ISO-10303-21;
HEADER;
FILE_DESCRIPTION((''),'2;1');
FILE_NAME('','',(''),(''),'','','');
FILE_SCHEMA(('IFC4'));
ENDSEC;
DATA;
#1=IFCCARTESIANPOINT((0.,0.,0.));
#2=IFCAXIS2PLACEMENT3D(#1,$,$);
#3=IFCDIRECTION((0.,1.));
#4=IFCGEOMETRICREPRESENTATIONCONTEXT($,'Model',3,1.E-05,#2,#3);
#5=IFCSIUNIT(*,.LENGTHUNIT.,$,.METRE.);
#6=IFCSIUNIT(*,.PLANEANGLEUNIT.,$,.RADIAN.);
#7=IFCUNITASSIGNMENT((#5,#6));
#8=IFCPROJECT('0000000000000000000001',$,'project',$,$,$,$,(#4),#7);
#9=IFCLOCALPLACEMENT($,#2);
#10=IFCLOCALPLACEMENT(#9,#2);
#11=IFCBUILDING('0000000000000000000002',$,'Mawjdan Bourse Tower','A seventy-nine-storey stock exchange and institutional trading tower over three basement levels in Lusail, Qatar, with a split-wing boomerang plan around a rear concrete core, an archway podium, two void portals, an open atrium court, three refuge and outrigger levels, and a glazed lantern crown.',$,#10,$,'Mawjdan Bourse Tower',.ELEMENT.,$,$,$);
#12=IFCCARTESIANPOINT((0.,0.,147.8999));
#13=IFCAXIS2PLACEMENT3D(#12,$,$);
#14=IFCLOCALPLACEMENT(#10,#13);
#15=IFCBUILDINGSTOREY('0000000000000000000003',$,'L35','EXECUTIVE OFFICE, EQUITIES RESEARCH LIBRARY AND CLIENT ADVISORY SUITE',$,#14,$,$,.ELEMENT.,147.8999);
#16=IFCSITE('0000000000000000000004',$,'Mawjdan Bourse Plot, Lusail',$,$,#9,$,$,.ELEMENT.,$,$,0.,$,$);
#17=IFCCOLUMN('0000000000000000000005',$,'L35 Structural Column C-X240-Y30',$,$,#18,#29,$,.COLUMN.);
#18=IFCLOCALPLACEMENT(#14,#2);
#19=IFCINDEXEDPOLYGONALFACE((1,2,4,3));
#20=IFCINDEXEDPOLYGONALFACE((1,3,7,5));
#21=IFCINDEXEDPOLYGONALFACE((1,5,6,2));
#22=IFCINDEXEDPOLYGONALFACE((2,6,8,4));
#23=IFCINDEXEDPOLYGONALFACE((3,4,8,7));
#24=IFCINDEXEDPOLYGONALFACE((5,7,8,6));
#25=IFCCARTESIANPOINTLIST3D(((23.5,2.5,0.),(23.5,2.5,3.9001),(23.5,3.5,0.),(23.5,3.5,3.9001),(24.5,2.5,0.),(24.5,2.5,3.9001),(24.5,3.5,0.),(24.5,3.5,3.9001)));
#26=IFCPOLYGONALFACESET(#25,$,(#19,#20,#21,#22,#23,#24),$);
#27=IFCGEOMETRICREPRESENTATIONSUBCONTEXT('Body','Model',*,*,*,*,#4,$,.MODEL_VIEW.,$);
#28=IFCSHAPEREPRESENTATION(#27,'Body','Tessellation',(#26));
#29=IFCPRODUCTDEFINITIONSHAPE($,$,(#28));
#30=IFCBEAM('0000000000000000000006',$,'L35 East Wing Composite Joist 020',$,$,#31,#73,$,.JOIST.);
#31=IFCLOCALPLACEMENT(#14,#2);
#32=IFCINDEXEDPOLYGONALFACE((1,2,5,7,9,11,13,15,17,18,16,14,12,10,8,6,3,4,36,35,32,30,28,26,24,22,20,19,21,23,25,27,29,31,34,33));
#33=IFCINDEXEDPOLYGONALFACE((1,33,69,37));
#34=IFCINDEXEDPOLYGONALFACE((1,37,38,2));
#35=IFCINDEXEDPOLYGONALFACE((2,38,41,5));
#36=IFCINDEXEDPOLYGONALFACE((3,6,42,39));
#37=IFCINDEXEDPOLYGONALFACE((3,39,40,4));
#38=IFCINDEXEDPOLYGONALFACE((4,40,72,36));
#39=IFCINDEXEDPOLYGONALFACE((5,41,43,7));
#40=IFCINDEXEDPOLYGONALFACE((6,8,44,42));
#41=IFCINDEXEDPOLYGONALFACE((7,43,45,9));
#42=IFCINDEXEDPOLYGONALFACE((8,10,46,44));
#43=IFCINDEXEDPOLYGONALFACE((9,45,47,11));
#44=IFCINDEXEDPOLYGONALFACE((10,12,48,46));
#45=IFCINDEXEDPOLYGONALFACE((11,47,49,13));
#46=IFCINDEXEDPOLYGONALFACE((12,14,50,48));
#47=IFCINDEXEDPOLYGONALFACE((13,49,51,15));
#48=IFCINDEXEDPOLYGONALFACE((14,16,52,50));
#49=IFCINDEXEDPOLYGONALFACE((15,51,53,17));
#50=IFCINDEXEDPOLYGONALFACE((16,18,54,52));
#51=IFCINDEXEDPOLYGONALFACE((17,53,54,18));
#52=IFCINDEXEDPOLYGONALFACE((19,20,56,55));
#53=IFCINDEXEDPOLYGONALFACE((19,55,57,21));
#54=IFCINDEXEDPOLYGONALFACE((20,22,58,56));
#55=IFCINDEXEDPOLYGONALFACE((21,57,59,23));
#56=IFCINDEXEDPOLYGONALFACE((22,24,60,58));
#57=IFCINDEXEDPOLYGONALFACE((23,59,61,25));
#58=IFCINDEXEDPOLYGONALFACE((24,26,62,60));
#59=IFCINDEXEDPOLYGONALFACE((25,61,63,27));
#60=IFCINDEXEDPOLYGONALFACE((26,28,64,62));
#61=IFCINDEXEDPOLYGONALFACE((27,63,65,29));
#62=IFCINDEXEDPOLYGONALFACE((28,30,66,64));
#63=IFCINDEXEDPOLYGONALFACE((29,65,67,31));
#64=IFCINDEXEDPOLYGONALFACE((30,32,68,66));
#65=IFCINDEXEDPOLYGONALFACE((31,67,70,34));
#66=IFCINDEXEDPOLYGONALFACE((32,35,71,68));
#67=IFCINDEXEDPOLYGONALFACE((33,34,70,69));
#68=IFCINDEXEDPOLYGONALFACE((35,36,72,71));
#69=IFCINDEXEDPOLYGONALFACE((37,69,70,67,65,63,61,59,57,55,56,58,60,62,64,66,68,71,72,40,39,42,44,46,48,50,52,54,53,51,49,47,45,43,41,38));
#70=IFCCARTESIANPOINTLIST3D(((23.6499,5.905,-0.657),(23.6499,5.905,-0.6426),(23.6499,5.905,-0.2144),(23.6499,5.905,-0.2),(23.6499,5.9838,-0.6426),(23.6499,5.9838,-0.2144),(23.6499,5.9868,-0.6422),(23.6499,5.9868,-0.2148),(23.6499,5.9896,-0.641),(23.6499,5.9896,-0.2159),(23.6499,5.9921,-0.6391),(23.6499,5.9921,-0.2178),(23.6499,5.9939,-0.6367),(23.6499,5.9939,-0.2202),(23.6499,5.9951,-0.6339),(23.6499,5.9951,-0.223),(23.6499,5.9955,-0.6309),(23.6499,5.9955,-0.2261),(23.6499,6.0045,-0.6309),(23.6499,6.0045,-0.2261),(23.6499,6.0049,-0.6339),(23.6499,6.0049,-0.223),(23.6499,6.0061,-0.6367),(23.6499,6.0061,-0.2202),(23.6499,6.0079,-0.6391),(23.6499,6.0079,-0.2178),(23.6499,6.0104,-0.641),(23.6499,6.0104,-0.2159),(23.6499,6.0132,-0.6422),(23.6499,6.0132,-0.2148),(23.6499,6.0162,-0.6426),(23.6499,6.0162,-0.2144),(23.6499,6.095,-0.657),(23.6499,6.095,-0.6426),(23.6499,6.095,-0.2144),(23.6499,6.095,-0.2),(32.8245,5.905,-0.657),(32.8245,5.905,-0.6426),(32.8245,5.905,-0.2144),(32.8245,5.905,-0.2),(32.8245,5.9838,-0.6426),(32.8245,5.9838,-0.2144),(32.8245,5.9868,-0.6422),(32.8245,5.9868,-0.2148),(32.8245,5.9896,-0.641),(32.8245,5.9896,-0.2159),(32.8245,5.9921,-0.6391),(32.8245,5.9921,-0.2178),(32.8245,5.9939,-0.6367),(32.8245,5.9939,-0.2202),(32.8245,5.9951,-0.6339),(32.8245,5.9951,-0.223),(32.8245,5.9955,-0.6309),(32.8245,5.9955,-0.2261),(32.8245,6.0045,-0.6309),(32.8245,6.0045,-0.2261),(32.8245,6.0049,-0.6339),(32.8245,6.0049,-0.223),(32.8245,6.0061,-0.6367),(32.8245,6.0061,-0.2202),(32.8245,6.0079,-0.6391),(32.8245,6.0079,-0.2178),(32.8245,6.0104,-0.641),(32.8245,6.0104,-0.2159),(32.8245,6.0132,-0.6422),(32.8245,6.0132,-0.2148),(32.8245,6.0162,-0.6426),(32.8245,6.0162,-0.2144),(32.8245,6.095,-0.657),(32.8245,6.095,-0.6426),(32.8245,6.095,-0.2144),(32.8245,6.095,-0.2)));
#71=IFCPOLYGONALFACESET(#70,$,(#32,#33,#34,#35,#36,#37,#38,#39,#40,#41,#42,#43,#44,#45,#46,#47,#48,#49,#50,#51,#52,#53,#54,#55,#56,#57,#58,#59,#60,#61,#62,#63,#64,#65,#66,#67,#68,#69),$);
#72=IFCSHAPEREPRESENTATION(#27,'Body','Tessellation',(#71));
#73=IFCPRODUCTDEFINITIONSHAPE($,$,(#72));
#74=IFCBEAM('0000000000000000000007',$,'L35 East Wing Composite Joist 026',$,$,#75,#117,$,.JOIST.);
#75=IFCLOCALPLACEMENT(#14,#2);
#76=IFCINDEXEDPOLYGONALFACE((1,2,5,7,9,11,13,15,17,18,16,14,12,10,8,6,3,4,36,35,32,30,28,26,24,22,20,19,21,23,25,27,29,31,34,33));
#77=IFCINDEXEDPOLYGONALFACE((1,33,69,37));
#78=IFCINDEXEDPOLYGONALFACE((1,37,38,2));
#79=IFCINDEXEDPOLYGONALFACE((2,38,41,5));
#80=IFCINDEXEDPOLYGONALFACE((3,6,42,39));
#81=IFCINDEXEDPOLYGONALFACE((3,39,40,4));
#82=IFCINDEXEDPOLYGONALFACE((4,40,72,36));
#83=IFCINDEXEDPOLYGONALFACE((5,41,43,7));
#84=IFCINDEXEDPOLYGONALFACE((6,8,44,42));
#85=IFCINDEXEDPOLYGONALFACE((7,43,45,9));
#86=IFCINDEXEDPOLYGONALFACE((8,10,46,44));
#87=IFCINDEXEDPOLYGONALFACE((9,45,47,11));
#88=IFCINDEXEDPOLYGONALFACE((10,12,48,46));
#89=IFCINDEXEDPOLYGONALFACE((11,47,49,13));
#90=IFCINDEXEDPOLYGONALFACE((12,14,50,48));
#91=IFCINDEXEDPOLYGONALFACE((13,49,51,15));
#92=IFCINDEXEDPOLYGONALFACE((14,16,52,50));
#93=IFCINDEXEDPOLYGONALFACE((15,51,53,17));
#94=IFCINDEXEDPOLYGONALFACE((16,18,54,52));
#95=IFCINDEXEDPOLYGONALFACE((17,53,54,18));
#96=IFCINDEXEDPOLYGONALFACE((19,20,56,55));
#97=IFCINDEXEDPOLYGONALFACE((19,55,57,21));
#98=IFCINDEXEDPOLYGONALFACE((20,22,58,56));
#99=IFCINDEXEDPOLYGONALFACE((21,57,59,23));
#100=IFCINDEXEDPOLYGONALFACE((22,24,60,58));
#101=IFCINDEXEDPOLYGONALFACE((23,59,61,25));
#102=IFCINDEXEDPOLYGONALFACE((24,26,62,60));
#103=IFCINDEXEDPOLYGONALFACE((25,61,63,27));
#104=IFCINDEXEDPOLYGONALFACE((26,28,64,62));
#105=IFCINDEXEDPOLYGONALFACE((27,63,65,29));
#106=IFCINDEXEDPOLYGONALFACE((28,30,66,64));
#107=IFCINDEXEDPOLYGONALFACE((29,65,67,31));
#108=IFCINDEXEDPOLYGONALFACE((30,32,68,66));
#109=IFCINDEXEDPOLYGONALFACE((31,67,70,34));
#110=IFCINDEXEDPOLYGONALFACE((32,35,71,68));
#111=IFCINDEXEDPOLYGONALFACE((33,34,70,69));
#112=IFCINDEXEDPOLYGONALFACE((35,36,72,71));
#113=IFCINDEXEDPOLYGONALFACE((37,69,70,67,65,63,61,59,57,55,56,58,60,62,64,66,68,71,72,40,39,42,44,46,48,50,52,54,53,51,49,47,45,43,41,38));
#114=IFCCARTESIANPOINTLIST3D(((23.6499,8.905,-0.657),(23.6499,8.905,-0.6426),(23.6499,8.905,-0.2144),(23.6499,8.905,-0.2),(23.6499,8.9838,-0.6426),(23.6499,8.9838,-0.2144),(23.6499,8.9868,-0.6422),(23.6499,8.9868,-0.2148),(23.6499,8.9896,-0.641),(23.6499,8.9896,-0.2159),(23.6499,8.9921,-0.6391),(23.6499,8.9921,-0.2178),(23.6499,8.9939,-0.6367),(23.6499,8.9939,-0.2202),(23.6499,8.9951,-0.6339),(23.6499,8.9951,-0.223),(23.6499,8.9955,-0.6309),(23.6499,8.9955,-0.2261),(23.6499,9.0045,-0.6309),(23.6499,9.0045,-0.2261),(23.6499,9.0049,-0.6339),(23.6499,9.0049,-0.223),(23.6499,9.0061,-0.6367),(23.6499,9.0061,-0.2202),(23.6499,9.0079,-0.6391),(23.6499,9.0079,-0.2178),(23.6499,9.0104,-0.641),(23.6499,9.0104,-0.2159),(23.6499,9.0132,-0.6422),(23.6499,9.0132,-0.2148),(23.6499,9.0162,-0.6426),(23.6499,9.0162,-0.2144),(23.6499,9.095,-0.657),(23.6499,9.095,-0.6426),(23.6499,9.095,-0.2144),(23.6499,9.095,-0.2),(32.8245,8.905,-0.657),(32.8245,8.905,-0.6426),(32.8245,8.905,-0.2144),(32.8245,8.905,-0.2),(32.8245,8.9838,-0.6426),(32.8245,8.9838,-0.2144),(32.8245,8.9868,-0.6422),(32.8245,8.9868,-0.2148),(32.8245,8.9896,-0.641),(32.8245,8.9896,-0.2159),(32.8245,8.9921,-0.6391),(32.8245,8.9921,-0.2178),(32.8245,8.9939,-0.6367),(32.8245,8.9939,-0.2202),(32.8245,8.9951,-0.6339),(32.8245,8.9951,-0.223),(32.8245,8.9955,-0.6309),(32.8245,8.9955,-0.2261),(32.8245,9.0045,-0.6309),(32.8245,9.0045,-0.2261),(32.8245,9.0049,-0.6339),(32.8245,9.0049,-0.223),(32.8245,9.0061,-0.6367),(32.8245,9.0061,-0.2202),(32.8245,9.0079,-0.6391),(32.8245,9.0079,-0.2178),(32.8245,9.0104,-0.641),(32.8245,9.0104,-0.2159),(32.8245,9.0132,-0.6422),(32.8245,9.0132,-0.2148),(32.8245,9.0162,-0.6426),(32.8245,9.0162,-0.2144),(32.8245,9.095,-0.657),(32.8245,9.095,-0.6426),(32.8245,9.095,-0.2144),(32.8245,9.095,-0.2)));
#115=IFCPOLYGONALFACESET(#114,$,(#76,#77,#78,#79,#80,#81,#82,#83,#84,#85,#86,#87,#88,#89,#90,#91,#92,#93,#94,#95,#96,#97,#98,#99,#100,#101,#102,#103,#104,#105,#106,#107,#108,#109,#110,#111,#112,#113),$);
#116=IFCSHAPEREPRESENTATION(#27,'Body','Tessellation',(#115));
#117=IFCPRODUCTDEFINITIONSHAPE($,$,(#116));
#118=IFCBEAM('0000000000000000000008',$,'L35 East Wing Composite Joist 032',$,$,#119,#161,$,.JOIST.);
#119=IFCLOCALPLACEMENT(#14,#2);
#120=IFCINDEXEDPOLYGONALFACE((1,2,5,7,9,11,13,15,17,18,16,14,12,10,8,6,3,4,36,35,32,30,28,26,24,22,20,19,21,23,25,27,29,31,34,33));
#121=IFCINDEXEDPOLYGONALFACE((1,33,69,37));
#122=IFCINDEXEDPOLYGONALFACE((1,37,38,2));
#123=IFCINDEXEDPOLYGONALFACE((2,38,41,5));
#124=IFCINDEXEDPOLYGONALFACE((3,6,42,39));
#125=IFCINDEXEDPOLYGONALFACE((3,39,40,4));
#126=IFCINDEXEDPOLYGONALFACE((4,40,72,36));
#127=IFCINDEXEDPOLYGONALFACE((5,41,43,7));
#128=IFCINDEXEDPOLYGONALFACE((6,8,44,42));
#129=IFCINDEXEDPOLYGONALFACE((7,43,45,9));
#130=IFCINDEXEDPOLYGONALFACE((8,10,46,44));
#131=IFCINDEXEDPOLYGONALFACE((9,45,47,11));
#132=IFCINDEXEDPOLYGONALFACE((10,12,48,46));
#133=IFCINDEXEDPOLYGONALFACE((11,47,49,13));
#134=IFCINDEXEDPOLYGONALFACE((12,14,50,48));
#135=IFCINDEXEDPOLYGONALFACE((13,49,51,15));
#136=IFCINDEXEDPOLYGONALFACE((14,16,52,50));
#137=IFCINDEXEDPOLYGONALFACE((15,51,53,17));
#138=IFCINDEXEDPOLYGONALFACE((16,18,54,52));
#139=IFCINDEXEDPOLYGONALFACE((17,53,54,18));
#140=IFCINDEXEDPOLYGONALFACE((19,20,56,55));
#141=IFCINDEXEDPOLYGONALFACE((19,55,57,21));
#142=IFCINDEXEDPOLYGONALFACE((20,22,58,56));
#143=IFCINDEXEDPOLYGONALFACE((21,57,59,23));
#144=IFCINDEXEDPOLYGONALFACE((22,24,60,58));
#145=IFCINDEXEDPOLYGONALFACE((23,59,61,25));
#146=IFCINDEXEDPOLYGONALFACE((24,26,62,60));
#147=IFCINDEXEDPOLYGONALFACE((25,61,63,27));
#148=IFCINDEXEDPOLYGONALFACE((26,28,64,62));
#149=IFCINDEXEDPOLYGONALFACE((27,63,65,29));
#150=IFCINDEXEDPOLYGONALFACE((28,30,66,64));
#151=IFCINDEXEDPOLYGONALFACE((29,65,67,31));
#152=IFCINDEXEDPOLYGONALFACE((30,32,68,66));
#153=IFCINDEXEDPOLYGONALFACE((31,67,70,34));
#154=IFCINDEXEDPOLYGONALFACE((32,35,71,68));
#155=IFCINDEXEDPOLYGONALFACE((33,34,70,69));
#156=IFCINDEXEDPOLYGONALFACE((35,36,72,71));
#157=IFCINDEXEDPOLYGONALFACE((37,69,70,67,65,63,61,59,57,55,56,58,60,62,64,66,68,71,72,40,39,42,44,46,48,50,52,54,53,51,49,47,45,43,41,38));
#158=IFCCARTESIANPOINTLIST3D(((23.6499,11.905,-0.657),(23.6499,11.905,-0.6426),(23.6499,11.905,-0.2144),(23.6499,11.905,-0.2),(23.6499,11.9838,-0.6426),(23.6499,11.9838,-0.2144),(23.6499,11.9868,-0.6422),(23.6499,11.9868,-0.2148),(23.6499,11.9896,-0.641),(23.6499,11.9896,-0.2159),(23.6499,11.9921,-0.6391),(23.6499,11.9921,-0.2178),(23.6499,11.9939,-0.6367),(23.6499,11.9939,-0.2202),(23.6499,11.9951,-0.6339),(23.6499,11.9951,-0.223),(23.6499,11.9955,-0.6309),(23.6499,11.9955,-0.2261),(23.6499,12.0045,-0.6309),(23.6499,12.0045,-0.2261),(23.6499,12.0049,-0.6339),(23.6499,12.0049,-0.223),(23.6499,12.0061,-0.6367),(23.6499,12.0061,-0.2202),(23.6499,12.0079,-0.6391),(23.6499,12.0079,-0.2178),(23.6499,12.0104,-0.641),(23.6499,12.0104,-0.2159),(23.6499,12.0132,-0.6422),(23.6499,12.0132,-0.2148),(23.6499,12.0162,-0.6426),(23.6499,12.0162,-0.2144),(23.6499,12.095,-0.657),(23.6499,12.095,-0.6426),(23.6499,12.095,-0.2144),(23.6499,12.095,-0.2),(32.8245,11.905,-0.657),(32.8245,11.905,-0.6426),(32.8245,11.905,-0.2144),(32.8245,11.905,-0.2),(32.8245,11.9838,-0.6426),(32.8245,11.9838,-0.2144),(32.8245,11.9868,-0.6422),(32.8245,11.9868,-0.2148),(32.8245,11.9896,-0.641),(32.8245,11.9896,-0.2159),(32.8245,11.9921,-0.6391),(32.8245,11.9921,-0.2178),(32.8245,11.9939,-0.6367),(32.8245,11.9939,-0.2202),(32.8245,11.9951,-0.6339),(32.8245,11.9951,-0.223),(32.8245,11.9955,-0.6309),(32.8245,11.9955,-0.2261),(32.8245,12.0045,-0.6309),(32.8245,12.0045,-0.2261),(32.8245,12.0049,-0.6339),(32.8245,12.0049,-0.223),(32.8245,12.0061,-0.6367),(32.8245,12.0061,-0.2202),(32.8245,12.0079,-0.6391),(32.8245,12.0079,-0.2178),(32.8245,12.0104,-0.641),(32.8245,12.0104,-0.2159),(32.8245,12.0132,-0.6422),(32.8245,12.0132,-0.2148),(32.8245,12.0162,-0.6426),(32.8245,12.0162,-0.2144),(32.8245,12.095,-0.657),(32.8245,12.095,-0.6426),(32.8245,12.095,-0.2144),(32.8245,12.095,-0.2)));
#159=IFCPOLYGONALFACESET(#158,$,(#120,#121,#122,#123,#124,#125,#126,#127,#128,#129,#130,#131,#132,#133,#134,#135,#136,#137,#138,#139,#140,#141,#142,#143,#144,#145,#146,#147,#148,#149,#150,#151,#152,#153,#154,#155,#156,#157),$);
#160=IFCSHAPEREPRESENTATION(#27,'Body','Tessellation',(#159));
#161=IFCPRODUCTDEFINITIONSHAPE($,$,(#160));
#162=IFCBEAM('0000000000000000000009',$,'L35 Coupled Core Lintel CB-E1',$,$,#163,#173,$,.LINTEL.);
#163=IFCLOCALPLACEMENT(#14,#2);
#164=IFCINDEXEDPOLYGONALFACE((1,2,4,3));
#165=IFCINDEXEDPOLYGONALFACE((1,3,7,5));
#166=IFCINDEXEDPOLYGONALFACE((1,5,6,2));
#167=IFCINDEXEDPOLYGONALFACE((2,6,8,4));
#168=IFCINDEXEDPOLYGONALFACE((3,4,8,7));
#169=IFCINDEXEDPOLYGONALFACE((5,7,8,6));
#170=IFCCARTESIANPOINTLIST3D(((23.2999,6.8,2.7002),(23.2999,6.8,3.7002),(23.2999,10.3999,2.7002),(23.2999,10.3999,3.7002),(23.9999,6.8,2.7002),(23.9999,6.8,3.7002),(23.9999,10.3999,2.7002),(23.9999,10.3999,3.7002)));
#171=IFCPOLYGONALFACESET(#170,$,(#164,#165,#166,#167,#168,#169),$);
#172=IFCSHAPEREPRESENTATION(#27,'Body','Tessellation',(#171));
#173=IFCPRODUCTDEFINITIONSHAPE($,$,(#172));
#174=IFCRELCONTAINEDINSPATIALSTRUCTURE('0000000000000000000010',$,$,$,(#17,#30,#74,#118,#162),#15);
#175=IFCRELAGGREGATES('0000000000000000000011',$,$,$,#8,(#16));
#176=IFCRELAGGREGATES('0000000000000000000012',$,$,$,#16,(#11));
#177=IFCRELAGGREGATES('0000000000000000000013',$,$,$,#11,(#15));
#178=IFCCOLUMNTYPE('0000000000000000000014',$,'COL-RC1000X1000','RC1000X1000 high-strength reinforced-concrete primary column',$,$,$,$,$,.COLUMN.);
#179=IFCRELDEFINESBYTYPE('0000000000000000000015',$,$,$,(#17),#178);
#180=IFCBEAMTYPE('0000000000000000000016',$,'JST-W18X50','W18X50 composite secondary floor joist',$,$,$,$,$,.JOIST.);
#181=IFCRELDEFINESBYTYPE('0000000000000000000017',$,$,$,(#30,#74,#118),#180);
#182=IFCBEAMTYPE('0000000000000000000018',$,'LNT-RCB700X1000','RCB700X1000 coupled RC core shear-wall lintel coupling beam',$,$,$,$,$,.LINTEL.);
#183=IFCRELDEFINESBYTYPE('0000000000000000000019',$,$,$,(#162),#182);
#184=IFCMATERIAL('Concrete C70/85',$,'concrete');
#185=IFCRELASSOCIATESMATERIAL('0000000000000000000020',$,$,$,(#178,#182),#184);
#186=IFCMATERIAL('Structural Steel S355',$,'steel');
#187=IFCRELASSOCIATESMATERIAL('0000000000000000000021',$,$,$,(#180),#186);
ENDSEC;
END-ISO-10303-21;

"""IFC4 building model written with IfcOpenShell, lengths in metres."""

from ifc_helpers import new_model, si_unit, direction, frame, origin, origin_2d, place, context, subcontext, project, spatial, rectangle, i_section, extrude, material, material_profile, profile_set, type_object, element, save


model = new_model("IFC4")

# Units and contexts
model_context = context("Model", 3, precision=1e-05, world=origin(), true_north=direction((0.0, 1.0)))
body_context = subcontext(model_context, "Body", "Model", "MODEL_VIEW")
ifc_project = project(units=[si_unit("LENGTHUNIT", "METRE"), si_unit("PLANEANGLEUNIT", "RADIAN")], contexts=[model_context])

# Site, building, storey
site_placement = place(None, origin())
site = spatial("IfcSite", under=ifc_project, at=site_placement, Name="Mawjdan Bourse Plot, Lusail", CompositionType="ELEMENT", RefElevation=0.0)
building_placement = place(site_placement, origin())
building = spatial("IfcBuilding", under=site, at=building_placement, Name="Mawjdan Bourse Tower", Description="A seventy-nine-storey stock exchange and institutional trading tower over three basement levels in Lusail, Qatar, with a split-wing boomerang plan around a rear concrete core, an archway podium, two void portals, an open atrium court, three refuge and outrigger levels, and a glazed lantern crown.", LongName="Mawjdan Bourse Tower", CompositionType="ELEMENT")
storey_placement = place(building_placement, frame((0.0, 0.0, 147.8999)))
storey = spatial("IfcBuildingStorey", under=building, at=storey_placement, Name="L35", Description="EXECUTIVE OFFICE, EQUITIES RESEARCH LIBRARY AND CLIENT ADVISORY SUITE", CompositionType="ELEMENT", Elevation=147.8999)

# Column
ifc_material_1 = material(Name="Concrete C70/85", Category="concrete")
ifc_material_profile_1 = material_profile(ifc_material_1, rectangle(XDim=1.0, YDim=1.0, at=origin_2d()), Name="RC1000X1000")
ifc_profile_set_1 = profile_set([ifc_material_profile_1], Name="Concrete C70/85")
column_type = type_object("IfcColumnType", Name="COL-RC1000X1000", Description="RC1000X1000 high-strength reinforced-concrete primary column", PredefinedType="COLUMN", material=ifc_profile_set_1)
column_placement = place(storey_placement, frame((24.0, 3.0, 0.0), z_axis=(0.0, 0.0, 1.0), x_axis=(1.0, 0.0, 0.0)))
element("IfcColumn", 1, at=column_placement, inside=storey, type_object=column_type, Name="L35 Structural Column C-X240-Y30", PredefinedType="COLUMN", context=body_context, shape_type="SweptSolid", body=[
    extrude(rectangle(XDim=1.0, YDim=1.0, at=origin_2d()), origin(), (0.0, 0.0, 1.0), 3.9001),
])

# Beams
ifc_material_2 = material(Name="Structural Steel S355", Category="steel")
ifc_material_profile_2 = material_profile(ifc_material_2, i_section(OverallWidth=0.1899, OverallDepth=0.457, WebThickness=0.009, FlangeThickness=0.0144, FilletRadius=0.0117, at=origin_2d()), Name="W18X50")
ifc_profile_set_2 = profile_set([ifc_material_profile_2], Name="Structural Steel S355")
beam_type_1 = type_object("IfcBeamType", Name="JST-W18X50", Description="W18X50 composite secondary floor joist", PredefinedType="JOIST", material=ifc_profile_set_2)
for number, where, z_axis, x_axis, name in (
    (2, (23.6499, 6.0, -0.4285), (1.0, 0.0, 0.0), (0.0, 1.0, 0.0), "L35 East Wing Composite Joist 020"),
    (3, (23.6499, 9.0, -0.4285), (1.0, 0.0, 0.0), (0.0, 1.0, 0.0), "L35 East Wing Composite Joist 026"),
    (4, (23.6499, 12.0, -0.4285), (1.0, 0.0, 0.0), (0.0, 1.0, 0.0), "L35 East Wing Composite Joist 032"),
):
    element("IfcBeam", number, at=place(storey_placement, frame(where, z_axis=z_axis, x_axis=x_axis)), inside=storey, type_object=beam_type_1, Name=name, PredefinedType="JOIST", context=body_context, shape_type="SweptSolid", body=[
        extrude(i_section(OverallWidth=0.1899, OverallDepth=0.457, WebThickness=0.009, FlangeThickness=0.0144, FilletRadius=0.0117, at=origin_2d()), origin(), (0.0, 0.0, 1.0), 9.1746),
    ])
ifc_material_profile_3 = material_profile(ifc_material_1, rectangle(XDim=0.7, YDim=1.0, at=origin_2d()), Name="RCB700X1000")
ifc_profile_set_3 = profile_set([ifc_material_profile_3], Name="Concrete C70/85")
beam_type_2 = type_object("IfcBeamType", Name="LNT-RCB700X1000", Description="RCB700X1000 coupled RC core shear-wall lintel coupling beam", PredefinedType="LINTEL", material=ifc_profile_set_3)
beam_1_placement = place(storey_placement, frame((23.6499, 6.8, 3.2002), z_axis=(0.0, 1.0, 0.0), x_axis=(-1.0, 0.0, 0.0)))
element("IfcBeam", 5, at=beam_1_placement, inside=storey, type_object=beam_type_2, Name="L35 Coupled Core Lintel CB-E1", PredefinedType="LINTEL", context=body_context, shape_type="SweptSolid", body=[
    extrude(rectangle(XDim=0.7, YDim=1.0, at=origin_2d()), origin(), (0.0, 0.0, 1.0), 3.5999),
])

save(model, "model.ifc")
